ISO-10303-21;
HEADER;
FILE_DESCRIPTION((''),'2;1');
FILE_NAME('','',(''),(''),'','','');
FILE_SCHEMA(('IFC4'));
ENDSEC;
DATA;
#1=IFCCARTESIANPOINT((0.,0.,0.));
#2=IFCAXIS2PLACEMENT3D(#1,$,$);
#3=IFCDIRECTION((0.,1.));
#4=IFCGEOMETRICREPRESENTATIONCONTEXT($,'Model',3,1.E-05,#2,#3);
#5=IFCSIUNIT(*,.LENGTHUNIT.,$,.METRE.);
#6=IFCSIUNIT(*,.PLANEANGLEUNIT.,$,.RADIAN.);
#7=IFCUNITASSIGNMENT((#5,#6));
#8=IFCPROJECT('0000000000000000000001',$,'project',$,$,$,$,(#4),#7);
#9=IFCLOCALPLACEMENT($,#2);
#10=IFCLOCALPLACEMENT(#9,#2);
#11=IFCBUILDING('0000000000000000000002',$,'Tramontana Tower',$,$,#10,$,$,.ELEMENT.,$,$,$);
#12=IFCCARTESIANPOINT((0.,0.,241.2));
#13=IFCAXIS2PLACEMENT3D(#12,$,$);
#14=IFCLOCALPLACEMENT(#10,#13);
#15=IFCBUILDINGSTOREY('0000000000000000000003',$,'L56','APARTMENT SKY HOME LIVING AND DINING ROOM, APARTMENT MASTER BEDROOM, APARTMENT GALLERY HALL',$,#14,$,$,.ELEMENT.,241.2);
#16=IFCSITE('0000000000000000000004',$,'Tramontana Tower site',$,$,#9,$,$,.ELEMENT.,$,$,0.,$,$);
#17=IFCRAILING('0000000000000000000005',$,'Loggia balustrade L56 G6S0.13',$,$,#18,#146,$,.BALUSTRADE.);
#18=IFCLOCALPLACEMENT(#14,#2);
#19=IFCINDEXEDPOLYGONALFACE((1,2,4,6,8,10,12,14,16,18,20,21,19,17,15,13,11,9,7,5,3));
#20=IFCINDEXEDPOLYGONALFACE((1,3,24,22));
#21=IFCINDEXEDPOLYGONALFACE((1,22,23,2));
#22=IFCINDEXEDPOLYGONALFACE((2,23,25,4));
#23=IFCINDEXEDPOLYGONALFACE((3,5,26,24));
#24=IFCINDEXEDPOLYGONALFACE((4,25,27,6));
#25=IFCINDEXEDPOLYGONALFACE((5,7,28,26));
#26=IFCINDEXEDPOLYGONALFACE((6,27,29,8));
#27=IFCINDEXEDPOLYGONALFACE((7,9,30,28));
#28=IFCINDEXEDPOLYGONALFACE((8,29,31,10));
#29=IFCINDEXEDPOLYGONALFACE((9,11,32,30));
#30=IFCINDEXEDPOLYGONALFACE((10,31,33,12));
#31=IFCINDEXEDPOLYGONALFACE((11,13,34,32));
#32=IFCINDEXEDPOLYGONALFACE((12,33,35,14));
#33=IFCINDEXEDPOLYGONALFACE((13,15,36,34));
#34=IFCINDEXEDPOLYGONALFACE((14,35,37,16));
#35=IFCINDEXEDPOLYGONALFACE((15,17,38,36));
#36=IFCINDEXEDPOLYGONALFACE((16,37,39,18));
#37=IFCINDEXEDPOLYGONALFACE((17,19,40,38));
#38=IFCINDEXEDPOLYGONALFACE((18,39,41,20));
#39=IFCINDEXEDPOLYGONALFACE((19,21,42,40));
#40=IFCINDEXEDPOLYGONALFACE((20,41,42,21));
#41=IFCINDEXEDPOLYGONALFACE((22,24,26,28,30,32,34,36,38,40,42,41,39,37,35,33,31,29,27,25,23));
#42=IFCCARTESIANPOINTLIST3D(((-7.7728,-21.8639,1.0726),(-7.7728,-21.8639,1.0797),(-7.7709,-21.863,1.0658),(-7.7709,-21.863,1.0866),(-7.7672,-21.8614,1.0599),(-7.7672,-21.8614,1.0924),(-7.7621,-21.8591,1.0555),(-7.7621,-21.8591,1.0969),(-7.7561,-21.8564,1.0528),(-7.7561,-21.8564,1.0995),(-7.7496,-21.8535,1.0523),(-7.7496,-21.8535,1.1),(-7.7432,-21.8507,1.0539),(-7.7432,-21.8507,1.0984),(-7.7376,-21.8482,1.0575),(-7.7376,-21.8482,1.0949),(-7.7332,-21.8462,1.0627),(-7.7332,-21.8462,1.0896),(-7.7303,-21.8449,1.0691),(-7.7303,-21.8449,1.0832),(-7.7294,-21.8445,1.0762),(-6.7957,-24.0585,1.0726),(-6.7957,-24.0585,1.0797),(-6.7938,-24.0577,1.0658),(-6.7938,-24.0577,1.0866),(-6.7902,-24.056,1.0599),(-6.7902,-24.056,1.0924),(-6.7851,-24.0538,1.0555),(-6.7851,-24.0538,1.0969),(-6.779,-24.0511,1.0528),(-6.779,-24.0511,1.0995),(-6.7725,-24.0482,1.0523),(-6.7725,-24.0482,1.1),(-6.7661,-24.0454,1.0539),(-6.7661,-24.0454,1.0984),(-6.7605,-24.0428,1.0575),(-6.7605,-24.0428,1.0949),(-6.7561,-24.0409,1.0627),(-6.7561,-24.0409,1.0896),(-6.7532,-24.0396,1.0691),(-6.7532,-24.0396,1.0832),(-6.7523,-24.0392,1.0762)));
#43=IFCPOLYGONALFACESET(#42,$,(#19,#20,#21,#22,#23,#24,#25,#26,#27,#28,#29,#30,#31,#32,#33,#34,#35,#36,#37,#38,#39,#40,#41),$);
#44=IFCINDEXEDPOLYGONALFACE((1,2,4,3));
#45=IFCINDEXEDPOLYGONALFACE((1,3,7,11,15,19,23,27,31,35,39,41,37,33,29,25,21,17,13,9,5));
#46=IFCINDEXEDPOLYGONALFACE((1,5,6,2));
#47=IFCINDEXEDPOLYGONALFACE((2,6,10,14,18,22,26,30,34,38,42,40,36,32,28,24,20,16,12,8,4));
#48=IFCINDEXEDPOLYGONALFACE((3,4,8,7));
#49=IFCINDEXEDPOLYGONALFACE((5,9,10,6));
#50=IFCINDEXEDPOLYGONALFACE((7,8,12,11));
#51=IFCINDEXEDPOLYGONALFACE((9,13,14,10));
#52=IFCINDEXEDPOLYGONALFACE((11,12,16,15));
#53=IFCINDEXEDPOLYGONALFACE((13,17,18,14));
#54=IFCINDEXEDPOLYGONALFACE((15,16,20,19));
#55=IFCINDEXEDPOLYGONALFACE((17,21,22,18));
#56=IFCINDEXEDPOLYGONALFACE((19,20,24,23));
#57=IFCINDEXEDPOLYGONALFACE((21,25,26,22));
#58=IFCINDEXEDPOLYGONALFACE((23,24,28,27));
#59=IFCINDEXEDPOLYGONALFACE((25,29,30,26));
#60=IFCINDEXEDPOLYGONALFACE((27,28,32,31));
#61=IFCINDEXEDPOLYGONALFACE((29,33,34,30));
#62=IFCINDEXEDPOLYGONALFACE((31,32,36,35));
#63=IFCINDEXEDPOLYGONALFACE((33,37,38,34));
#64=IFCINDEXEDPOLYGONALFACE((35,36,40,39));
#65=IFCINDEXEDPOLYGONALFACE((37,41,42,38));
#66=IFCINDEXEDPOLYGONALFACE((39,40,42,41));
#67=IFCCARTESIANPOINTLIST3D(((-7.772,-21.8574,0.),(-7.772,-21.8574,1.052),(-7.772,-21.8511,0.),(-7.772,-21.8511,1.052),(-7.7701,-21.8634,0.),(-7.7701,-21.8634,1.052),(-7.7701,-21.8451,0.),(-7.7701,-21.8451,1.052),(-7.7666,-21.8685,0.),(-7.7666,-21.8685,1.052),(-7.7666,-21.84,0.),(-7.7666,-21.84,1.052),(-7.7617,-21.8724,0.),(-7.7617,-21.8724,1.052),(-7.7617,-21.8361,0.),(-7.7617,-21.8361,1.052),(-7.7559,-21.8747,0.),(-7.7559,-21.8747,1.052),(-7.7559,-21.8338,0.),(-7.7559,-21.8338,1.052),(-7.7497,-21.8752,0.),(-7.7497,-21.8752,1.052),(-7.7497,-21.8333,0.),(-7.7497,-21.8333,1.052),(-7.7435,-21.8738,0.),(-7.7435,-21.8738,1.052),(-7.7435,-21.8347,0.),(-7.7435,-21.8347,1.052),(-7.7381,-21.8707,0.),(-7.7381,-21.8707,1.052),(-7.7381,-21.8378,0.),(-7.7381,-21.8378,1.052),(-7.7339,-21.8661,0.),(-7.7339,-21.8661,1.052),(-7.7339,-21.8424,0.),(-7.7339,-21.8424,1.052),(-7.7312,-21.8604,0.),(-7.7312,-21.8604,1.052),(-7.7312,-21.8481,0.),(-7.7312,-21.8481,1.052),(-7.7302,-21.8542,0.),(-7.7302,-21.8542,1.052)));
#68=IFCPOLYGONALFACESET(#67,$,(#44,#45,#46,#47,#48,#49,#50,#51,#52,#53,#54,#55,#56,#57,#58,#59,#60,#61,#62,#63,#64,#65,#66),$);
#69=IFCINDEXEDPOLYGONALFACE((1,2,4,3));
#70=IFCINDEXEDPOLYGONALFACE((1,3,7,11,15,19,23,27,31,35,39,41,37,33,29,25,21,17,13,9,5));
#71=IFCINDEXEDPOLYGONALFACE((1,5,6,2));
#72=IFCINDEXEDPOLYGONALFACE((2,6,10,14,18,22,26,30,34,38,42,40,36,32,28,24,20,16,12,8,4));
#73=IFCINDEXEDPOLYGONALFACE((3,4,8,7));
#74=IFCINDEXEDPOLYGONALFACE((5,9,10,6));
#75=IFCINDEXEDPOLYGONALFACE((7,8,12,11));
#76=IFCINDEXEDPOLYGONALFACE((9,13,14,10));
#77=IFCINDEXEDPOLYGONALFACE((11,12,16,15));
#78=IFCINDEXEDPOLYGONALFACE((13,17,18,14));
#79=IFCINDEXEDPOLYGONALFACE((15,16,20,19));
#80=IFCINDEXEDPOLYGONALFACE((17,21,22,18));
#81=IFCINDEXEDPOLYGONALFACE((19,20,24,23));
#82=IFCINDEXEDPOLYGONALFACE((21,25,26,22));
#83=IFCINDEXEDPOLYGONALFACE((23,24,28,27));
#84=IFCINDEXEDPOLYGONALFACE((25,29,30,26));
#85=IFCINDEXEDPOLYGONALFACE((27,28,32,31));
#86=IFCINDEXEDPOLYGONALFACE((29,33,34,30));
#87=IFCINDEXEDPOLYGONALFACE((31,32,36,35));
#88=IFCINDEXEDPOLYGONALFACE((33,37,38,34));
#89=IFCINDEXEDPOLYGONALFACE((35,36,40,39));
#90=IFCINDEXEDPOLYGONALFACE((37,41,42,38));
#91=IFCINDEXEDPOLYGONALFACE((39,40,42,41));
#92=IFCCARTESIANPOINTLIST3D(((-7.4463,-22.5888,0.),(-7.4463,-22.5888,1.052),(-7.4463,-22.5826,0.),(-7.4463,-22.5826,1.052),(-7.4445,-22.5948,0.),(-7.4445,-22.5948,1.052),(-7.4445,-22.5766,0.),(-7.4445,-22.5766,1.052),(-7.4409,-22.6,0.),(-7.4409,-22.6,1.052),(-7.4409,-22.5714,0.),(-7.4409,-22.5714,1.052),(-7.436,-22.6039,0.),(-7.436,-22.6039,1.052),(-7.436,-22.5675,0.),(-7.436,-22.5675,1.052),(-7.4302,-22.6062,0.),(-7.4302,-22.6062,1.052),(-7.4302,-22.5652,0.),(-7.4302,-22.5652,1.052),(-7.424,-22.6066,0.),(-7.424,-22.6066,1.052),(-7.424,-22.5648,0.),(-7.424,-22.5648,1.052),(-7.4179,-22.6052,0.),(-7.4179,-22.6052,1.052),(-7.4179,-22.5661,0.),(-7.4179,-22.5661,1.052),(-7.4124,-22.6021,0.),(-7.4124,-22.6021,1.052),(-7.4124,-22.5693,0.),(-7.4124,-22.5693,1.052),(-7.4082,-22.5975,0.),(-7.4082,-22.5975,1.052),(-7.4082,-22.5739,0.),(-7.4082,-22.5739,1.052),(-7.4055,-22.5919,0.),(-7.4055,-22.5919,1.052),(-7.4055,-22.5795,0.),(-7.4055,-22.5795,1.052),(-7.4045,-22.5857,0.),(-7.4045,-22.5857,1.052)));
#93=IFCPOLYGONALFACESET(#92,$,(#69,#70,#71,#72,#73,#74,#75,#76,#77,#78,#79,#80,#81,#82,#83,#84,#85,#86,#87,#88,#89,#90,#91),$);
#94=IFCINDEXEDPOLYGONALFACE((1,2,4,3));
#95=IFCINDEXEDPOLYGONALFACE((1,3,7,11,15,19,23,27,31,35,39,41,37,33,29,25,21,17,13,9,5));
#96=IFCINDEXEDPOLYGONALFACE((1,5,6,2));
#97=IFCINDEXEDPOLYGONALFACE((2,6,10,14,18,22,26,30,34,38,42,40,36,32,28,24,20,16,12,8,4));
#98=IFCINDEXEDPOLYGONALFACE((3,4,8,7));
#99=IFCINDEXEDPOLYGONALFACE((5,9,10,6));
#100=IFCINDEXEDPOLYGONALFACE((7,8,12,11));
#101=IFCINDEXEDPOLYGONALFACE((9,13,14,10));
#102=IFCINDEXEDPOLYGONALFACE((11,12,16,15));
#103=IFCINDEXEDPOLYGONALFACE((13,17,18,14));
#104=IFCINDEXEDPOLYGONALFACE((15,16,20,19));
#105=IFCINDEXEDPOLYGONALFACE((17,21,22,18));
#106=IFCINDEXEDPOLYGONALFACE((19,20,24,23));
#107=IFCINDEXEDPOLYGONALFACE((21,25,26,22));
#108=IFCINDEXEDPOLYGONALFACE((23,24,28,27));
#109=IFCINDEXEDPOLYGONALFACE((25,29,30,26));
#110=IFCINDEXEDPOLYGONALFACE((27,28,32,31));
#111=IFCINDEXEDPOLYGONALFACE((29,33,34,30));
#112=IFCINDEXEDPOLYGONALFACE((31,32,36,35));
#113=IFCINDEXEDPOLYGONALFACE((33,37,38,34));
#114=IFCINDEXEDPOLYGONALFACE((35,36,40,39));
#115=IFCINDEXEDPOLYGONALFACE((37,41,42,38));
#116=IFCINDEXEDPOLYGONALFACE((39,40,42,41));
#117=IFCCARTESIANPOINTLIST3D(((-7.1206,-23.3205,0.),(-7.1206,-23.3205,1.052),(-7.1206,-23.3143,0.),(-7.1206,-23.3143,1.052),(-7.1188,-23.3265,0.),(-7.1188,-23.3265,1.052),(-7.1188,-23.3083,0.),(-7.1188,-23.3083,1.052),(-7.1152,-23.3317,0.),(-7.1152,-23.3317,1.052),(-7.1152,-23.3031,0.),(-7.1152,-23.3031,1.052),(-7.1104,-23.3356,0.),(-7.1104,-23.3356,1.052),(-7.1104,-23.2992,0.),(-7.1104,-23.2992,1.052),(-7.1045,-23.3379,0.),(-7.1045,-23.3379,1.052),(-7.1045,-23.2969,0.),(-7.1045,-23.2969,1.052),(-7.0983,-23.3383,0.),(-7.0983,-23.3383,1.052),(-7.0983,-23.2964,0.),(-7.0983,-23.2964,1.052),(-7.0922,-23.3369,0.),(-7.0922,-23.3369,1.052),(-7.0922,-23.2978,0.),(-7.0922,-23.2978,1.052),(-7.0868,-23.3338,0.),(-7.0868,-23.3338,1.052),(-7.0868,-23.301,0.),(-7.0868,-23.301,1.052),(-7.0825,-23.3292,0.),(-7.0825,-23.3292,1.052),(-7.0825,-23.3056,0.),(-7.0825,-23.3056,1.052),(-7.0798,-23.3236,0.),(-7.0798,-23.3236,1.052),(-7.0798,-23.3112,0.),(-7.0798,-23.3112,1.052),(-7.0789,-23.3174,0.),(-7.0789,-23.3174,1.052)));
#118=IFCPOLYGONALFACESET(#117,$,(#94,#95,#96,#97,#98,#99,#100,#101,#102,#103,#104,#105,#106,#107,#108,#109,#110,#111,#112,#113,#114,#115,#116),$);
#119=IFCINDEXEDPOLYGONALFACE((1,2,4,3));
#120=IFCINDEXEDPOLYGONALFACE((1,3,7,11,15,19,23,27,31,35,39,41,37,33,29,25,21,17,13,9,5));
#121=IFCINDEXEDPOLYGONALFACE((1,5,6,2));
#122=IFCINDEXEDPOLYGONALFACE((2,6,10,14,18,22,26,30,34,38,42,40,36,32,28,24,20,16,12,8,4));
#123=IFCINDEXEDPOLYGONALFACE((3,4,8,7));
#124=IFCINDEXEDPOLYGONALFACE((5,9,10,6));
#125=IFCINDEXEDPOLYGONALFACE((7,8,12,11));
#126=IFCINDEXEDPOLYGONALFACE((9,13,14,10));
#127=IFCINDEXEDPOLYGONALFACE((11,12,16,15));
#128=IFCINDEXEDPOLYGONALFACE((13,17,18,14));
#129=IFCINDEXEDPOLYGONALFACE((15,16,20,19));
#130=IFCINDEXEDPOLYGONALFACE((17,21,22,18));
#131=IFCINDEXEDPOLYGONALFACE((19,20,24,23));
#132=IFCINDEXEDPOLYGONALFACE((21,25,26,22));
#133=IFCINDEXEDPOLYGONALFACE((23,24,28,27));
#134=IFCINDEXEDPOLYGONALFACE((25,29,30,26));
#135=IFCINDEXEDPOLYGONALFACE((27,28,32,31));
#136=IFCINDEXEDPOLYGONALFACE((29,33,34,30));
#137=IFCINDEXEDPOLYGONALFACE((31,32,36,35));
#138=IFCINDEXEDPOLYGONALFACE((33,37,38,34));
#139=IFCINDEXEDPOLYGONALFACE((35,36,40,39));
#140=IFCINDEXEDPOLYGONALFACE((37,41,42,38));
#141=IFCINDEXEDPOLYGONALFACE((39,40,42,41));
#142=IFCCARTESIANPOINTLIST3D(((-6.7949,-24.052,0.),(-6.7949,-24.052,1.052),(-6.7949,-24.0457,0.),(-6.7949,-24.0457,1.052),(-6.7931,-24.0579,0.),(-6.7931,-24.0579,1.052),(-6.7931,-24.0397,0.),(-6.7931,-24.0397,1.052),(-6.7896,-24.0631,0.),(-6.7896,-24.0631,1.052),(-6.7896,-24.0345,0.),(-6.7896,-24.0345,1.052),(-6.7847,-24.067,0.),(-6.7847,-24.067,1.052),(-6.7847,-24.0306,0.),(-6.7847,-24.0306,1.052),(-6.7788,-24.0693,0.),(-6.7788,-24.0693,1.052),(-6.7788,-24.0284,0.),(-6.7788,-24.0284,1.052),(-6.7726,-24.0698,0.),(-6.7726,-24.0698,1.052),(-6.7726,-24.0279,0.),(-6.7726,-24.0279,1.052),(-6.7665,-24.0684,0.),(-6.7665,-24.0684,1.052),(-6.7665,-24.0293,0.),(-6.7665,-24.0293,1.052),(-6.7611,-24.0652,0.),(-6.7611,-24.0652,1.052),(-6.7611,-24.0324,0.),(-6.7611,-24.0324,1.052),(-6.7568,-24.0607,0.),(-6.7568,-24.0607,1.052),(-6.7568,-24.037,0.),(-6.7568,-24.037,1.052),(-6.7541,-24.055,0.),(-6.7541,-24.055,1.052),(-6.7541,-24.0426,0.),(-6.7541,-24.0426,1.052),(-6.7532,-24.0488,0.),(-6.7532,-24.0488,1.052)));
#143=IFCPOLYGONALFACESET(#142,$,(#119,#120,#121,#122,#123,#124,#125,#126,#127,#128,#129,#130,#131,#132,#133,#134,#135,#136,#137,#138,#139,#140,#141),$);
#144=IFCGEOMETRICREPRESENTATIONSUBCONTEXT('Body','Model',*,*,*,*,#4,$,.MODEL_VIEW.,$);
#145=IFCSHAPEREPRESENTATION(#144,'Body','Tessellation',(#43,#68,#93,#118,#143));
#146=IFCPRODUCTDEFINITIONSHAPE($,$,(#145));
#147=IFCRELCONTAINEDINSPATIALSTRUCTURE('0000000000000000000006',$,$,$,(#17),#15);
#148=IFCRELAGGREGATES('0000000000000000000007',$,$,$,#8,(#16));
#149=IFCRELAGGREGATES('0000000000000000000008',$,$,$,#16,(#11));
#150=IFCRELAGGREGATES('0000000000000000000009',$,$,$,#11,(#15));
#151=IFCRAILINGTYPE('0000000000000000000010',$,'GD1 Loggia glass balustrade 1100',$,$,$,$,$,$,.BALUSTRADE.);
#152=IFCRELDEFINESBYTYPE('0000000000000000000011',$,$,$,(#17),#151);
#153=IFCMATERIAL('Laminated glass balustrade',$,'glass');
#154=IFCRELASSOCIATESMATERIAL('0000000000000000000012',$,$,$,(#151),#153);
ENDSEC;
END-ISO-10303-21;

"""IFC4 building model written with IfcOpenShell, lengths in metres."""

from ifc_helpers import new_model, si_unit, direction, frame, origin, origin_2d, place, context, subcontext, project, spatial, circle, extrude, material, type_object, element, save


model = new_model("IFC4")

# Units and contexts
model_context = context("Model", 3, precision=1e-05, world=origin(), true_north=direction((0.0, 1.0)))
body_context = subcontext(model_context, "Body", "Model", "MODEL_VIEW")
ifc_project = project(units=[si_unit("LENGTHUNIT", "METRE"), si_unit("PLANEANGLEUNIT", "RADIAN")], contexts=[model_context])

# Site, building, storey
site_placement = place(None, origin())
site = spatial("IfcSite", under=ifc_project, at=site_placement, Name="Tramontana Tower site", CompositionType="ELEMENT", RefElevation=0.0)
building_placement = place(site_placement, origin())
building = spatial("IfcBuilding", under=site, at=building_placement, Name="Tramontana Tower", CompositionType="ELEMENT")
storey_placement = place(building_placement, frame((0.0, 0.0, 241.2)))
storey = spatial("IfcBuildingStorey", under=building, at=storey_placement, Name="L56", Description="APARTMENT SKY HOME LIVING AND DINING ROOM, APARTMENT MASTER BEDROOM, APARTMENT GALLERY HALL", CompositionType="ELEMENT", Elevation=241.2)

# Railing
ifc_material_1 = material(Name="Laminated glass balustrade", Category="glass")
railing_type = type_object("IfcRailingType", Name="GD1 Loggia glass balustrade 1100", PredefinedType="BALUSTRADE", material=ifc_material_1)
railing_1_placement = place(storey_placement, frame((-7.7512, -21.8542, 0.0)))
element("IfcRailing", 1, at=railing_1_placement, inside=storey, type_object=railing_type, Name="Loggia balustrade L56 G6S0.13", PredefinedType="BALUSTRADE", context=body_context, shape_type="SweptSolid", body=[
    extrude(circle(Radius=0.0239, at=origin_2d()), frame((0.0, 0.0, 1.0762), z_axis=(0.406723, -0.913552, 0.0), x_axis=(0.913552, 0.406723, 0.0)), (0.0, 0.0, 1.0), 2.4023),
    extrude(circle(Radius=0.021, at=origin_2d()), origin(), (0.0, 0.0, 1.0), 1.052),
    extrude(circle(Radius=0.021, at=origin_2d()), frame((0.3257, -0.7314, 0.0)), (0.0, 0.0, 1.0), 1.052),
    extrude(circle(Radius=0.021, at=origin_2d()), frame((0.6514, -1.4631, 0.0)), (0.0, 0.0, 1.0), 1.052),
    extrude(circle(Radius=0.021, at=origin_2d()), frame((0.9771, -2.1946, 0.0)), (0.0, 0.0, 1.0), 1.052),
])

save(model, "model.ifc")
